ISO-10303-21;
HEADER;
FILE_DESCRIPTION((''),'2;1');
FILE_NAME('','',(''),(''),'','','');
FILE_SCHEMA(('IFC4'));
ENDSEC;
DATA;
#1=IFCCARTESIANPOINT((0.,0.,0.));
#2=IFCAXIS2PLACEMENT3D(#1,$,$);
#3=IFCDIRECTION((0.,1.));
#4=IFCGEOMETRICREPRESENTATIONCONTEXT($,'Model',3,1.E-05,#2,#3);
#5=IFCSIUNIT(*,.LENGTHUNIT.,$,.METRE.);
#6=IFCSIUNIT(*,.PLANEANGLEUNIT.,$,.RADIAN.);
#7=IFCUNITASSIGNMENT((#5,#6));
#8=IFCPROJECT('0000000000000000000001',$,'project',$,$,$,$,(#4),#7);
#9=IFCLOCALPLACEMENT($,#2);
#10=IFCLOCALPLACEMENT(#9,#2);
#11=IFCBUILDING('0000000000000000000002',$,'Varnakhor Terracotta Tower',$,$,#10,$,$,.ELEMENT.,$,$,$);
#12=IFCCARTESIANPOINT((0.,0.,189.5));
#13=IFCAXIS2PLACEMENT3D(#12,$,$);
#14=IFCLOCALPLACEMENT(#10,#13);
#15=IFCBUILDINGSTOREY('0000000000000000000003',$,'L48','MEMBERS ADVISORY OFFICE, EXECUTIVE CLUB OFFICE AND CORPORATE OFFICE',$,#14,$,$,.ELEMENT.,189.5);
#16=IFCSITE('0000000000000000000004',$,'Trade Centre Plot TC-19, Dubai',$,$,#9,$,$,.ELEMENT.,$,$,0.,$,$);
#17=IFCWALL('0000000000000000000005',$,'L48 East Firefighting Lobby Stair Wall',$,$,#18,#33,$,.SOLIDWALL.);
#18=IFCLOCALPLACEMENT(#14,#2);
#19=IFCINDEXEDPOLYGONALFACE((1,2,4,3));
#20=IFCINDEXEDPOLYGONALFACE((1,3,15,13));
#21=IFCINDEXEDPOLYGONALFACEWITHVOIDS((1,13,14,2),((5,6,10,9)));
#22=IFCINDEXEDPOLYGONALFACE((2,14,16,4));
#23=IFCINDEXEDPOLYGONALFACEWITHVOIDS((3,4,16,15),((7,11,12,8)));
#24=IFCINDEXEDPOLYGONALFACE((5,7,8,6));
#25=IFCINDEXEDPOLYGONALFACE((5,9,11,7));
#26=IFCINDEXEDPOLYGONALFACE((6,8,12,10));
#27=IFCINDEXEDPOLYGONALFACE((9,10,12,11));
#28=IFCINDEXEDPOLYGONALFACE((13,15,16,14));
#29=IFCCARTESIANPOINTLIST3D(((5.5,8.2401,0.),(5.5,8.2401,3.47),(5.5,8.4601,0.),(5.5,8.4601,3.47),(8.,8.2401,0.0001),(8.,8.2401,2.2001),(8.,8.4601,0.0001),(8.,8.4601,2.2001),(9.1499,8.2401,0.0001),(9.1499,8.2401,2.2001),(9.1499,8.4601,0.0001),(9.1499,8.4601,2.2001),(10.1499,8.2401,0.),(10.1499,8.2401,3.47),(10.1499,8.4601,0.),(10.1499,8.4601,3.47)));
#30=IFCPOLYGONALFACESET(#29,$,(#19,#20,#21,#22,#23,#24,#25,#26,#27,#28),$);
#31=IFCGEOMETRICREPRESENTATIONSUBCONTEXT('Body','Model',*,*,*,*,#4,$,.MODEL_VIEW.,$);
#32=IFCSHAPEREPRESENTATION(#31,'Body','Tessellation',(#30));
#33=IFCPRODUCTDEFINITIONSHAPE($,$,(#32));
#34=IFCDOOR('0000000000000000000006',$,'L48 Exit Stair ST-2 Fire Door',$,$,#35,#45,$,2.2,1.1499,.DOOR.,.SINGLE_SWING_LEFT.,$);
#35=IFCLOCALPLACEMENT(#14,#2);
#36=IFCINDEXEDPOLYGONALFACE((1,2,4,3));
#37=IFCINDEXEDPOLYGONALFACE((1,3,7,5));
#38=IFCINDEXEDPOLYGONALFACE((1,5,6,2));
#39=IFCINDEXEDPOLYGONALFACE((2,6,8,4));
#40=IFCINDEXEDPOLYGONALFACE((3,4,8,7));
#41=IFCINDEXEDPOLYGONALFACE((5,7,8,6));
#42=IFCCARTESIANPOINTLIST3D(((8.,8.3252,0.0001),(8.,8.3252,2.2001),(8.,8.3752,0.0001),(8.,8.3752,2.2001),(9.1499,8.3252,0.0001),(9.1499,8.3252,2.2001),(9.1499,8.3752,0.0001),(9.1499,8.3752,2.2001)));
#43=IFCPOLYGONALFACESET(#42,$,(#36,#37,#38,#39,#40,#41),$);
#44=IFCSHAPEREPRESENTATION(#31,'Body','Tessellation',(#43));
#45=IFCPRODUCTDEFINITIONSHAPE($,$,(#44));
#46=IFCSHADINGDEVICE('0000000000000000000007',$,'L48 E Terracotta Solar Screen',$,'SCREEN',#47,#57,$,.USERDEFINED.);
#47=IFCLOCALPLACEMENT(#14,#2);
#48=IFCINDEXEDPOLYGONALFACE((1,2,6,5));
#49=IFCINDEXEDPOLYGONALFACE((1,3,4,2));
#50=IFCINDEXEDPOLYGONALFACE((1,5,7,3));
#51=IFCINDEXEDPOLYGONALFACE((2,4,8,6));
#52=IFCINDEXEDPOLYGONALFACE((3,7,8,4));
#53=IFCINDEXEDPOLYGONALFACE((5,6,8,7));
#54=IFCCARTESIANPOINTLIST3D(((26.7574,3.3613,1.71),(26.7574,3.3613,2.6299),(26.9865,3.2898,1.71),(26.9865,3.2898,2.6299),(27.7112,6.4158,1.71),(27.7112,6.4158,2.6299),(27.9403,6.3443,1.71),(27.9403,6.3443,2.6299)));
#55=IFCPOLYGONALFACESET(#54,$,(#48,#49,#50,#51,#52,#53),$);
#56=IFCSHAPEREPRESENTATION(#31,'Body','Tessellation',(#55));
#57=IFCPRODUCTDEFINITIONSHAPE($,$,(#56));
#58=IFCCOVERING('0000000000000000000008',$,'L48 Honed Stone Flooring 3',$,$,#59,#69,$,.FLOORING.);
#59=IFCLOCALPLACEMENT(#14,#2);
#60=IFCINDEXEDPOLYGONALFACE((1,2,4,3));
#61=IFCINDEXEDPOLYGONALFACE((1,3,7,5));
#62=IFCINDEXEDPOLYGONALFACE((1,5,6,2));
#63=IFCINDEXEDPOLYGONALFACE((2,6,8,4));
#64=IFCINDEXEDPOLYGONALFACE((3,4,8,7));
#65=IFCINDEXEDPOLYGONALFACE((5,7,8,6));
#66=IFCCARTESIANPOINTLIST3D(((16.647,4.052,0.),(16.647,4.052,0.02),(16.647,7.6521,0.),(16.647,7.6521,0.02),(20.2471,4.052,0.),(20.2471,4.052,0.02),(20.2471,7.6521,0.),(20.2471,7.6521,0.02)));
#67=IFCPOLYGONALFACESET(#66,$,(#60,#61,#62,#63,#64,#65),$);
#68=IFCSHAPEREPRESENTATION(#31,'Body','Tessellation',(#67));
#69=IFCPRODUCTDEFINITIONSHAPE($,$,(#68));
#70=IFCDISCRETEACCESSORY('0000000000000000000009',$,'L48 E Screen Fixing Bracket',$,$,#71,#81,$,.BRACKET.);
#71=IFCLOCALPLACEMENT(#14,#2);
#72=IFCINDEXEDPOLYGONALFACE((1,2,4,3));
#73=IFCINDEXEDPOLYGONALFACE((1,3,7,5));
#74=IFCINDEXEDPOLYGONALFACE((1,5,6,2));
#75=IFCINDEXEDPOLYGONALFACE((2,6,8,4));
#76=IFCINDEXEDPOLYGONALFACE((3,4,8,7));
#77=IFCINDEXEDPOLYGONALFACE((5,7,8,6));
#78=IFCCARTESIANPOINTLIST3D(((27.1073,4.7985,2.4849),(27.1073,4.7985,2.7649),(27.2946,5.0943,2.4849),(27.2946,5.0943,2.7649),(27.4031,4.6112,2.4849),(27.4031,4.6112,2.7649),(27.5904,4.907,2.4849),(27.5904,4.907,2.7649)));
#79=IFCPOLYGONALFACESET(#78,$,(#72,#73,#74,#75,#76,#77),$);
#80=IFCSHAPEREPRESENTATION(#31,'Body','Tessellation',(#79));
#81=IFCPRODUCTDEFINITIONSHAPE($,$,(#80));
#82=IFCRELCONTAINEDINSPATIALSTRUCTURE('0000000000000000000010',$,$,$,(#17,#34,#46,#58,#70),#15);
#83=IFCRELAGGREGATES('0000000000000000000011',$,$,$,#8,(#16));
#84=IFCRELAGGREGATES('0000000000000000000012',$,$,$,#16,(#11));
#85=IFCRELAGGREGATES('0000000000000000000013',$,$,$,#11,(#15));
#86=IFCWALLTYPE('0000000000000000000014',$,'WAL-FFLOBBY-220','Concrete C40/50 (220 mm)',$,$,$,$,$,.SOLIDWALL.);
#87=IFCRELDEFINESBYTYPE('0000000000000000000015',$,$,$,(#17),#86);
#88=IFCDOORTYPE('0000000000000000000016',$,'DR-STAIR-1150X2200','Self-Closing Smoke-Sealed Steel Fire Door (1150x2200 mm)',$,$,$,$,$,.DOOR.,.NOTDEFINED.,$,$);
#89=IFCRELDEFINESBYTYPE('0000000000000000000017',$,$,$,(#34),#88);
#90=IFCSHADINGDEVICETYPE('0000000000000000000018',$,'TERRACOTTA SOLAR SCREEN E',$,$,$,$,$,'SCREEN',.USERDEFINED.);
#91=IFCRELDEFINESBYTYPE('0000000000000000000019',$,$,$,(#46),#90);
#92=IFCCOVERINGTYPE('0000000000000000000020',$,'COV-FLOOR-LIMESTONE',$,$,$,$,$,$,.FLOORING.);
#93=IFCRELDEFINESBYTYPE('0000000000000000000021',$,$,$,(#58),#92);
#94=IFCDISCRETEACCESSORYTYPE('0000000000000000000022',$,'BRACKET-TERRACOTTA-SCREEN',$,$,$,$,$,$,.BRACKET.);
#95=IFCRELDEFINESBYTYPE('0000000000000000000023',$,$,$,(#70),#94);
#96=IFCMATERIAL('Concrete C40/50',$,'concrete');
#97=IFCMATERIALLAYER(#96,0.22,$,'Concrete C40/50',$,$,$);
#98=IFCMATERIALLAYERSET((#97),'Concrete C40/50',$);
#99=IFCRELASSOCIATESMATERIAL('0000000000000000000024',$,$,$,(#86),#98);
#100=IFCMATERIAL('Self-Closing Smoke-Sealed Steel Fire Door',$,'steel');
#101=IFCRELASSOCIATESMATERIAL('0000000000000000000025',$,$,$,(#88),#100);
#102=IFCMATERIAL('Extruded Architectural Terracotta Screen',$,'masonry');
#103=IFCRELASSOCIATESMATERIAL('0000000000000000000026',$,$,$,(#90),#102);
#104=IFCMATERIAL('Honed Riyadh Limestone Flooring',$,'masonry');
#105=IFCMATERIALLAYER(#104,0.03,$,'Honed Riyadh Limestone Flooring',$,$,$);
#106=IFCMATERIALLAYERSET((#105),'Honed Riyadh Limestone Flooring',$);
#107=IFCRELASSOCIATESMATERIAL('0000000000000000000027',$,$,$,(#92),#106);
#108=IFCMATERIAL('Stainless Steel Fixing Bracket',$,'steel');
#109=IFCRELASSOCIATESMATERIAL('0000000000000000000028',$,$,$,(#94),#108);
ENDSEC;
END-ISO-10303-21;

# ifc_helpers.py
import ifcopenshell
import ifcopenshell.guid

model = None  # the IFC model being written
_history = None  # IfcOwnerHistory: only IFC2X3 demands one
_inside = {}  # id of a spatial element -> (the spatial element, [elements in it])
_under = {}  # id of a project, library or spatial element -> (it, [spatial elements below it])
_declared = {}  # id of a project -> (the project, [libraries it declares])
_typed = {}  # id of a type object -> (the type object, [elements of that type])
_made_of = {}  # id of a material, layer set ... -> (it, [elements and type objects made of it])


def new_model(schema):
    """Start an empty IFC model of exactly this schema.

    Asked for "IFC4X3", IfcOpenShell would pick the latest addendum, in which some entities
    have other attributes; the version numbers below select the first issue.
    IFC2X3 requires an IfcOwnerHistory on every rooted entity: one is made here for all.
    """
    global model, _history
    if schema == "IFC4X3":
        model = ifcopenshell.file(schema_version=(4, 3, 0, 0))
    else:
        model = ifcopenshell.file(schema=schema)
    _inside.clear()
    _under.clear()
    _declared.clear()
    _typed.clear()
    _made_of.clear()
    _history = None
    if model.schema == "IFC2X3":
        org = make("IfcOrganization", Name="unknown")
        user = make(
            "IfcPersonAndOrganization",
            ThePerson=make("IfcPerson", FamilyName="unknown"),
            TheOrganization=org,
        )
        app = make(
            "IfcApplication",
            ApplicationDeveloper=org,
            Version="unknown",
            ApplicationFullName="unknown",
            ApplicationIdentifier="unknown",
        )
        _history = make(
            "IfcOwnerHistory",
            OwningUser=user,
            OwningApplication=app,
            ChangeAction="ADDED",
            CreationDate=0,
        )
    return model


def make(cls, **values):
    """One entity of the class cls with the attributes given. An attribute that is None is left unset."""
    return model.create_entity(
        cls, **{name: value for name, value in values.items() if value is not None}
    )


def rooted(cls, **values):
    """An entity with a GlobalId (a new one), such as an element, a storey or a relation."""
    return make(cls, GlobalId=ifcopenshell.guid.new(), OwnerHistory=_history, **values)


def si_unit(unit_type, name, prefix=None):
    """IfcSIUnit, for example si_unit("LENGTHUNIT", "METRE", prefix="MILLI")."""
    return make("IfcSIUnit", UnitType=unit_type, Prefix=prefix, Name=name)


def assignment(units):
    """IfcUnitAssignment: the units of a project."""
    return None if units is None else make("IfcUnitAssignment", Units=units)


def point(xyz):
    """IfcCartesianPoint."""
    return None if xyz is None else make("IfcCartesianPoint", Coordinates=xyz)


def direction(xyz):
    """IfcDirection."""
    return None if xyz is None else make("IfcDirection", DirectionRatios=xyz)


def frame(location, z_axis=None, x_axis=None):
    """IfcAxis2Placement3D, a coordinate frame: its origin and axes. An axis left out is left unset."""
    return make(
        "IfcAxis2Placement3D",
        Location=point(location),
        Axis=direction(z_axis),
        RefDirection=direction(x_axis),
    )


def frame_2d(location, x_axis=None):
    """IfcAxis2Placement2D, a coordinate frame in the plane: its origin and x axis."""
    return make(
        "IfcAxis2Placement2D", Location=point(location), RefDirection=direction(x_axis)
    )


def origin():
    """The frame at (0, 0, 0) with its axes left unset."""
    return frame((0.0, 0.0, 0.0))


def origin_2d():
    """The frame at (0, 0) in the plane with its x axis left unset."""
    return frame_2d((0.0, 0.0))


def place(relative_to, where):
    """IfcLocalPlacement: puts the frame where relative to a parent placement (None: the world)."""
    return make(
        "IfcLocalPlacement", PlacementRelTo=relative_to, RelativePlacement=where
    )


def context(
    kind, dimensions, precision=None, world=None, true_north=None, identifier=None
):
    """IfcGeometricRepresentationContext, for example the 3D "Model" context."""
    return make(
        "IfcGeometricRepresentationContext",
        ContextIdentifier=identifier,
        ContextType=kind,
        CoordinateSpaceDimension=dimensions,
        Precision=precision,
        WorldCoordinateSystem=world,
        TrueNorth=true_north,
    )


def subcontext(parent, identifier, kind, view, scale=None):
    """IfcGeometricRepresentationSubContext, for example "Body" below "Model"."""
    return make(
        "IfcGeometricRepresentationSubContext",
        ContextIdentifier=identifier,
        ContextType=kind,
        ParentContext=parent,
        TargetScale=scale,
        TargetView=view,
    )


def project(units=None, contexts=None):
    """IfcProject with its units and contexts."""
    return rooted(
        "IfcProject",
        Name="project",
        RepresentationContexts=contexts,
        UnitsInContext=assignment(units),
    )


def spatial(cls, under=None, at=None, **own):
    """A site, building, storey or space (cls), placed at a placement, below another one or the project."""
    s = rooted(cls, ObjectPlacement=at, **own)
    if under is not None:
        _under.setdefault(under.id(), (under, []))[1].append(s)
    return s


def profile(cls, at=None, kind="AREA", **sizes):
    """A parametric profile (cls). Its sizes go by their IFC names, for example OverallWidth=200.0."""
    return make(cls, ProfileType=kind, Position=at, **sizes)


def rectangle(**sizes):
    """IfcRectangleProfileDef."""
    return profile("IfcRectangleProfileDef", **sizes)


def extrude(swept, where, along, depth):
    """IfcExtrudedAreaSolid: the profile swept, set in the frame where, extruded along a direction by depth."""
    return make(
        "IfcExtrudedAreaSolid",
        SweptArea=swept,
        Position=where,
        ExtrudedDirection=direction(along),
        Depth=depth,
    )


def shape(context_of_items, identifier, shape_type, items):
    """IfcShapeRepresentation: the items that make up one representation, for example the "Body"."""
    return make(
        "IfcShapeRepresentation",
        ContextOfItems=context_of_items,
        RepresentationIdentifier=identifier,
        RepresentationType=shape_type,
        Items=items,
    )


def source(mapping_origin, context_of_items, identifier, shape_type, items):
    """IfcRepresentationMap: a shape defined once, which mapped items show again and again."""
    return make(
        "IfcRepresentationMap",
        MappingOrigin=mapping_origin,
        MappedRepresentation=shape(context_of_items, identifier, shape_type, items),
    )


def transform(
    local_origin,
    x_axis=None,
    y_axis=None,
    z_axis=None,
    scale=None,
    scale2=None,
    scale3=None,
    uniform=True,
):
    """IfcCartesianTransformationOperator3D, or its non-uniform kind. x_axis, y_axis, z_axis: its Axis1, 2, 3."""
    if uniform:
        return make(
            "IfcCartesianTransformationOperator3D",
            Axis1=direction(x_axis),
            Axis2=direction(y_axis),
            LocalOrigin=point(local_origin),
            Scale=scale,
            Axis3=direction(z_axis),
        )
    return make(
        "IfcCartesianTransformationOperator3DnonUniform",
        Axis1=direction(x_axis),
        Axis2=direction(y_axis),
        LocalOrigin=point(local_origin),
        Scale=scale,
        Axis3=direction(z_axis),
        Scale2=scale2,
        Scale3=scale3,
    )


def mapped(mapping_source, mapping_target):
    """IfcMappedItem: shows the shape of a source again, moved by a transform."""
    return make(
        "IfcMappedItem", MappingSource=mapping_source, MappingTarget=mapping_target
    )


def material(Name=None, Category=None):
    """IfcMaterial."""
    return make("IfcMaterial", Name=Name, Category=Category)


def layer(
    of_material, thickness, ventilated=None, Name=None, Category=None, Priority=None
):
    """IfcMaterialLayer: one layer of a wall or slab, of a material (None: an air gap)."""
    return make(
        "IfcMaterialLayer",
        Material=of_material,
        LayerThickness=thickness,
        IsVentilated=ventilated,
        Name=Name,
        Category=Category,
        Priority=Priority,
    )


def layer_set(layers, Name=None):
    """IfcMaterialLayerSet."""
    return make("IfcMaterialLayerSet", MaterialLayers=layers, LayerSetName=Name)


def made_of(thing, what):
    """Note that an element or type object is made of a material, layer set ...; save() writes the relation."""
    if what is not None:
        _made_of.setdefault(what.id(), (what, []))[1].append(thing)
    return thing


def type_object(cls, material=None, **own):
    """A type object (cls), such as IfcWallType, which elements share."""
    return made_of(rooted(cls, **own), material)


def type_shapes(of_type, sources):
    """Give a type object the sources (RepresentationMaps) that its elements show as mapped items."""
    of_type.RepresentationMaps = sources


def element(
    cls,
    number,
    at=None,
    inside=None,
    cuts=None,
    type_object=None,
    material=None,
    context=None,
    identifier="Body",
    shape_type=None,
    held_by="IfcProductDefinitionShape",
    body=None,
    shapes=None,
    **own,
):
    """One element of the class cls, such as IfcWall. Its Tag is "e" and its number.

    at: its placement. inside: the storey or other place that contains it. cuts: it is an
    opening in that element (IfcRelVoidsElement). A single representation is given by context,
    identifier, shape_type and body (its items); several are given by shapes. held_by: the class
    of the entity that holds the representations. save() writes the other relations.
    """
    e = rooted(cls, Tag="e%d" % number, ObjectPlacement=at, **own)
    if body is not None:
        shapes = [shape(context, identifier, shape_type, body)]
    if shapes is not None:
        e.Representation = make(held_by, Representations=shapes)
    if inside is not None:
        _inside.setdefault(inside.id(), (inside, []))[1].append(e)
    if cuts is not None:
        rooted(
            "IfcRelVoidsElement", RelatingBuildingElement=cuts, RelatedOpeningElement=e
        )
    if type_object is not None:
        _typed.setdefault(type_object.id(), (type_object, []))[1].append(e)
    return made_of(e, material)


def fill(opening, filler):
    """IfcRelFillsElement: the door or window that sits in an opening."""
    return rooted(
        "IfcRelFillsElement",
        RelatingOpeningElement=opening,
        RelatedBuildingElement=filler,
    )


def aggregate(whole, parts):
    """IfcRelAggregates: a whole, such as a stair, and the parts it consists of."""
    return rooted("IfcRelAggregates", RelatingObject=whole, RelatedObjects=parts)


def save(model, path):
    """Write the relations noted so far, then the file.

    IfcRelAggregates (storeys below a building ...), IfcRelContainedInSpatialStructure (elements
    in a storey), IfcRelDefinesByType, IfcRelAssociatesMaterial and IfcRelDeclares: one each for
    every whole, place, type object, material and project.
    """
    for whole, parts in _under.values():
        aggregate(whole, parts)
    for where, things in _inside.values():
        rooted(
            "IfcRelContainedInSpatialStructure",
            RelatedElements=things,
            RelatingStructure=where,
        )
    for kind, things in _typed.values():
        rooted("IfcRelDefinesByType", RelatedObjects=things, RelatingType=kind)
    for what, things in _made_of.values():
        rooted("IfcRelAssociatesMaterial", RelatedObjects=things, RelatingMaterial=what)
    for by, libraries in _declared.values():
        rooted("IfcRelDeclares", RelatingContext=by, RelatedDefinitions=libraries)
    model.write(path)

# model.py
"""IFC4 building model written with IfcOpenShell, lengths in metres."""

from ifc_helpers import new_model, si_unit, direction, frame, frame_2d, origin, origin_2d, place, context, subcontext, project, spatial, rectangle, extrude, source, transform, mapped, material, layer, layer_set, type_object, type_shapes, element, fill, save


model = new_model("IFC4")

# Units and contexts
model_context = context("Model", 3, precision=1e-05, world=origin(), true_north=direction((0.0, 1.0)))
body_context = subcontext(model_context, "Body", "Model", "MODEL_VIEW")
ifc_project = project(units=[si_unit("LENGTHUNIT", "METRE"), si_unit("PLANEANGLEUNIT", "RADIAN")], contexts=[model_context])

# Site, building, storey
site_placement = place(None, origin())
site = spatial("IfcSite", under=ifc_project, at=site_placement, Name="Trade Centre Plot TC-19, Dubai", CompositionType="ELEMENT", RefElevation=0.0)
building_placement = place(site_placement, origin())
building = spatial("IfcBuilding", under=site, at=building_placement, Name="Varnakhor Terracotta Tower", CompositionType="ELEMENT")
storey_placement = place(building_placement, frame((0.0, 0.0, 189.5)))
storey = spatial("IfcBuildingStorey", under=building, at=storey_placement, Name="L48", Description="MEMBERS ADVISORY OFFICE, EXECUTIVE CLUB OFFICE AND CORPORATE OFFICE", CompositionType="ELEMENT", Elevation=189.5)

# Wall, opening, door
ifc_material_1 = material(Name="Concrete C40/50", Category="concrete")
ifc_layer_1 = layer(ifc_material_1, 0.22, Name="Concrete C40/50")
ifc_layer_set_1 = layer_set([ifc_layer_1], Name="Concrete C40/50")
wall_type_1 = type_object("IfcWallType", Name="WAL-FFLOBBY-220", Description="Concrete C40/50 (220 mm)", PredefinedType="SOLIDWALL", material=ifc_layer_set_1)
wall_1_placement = place(storey_placement, frame((10.1499, 8.3501, 0.0), z_axis=(0.0, 0.0, 1.0), x_axis=(-1.0, 0.0, 0.0)))
wall_1 = element("IfcWall", 1, at=wall_1_placement, inside=storey, type_object=wall_type_1, Name="L48 East Firefighting Lobby Stair Wall", PredefinedType="SOLIDWALL", context=body_context, shape_type="SweptSolid", body=[
    extrude(rectangle(XDim=4.6499, YDim=0.22, at=frame_2d((2.325, 0.0))), origin(), (0.0, 0.0, 1.0), 3.47),
])
opening_placement = place(wall_1_placement, frame((1.0, 0.0, 0.0)))
opening = element("IfcOpeningElement", 2, at=opening_placement, cuts=wall_1, PredefinedType="OPENING", context=body_context, shape_type="SweptSolid", body=[
    extrude(rectangle(XDim=1.1499, YDim=2.2, at=frame_2d((0.575, 1.1001))), frame((0.0, 0.1201, 0.0), z_axis=(0.0, -1.0, 0.0), x_axis=(1.0, 0.0, 0.0)), (0.0, 0.0, 1.0), 0.24),
])
ifc_material_2 = material(Name="Self-Closing Smoke-Sealed Steel Fire Door", Category="steel")
door_type = type_object("IfcDoorType", Name="DR-STAIR-1150X2200", Description="Self-Closing Smoke-Sealed Steel Fire Door (1150x2200 mm)", OperationType="NOTDEFINED", PredefinedType="DOOR", material=ifc_material_2)
shared_shape_1 = source(origin(), body_context, "Body", "SweptSolid", [
    extrude(rectangle(XDim=1.1499, YDim=2.2, at=frame_2d((0.575, 1.1001))), frame((0.0, 0.0249, 0.0), z_axis=(0.0, -1.0, 0.0), x_axis=(1.0, 0.0, 0.0)), (0.0, 0.0, 1.0), 0.05),
])
type_shapes(door_type, [shared_shape_1])
door_placement = place(opening_placement, origin())
door = element("IfcDoor", 3, at=door_placement, inside=storey, type_object=door_type, Name="L48 Exit Stair ST-2 Fire Door", OperationType="SINGLE_SWING_LEFT", OverallHeight=2.2, OverallWidth=1.1499, PredefinedType="DOOR", context=body_context, shape_type="MappedRepresentation", body=[
    mapped(shared_shape_1, transform((0.0, 0.0, 0.0), scale=1.0)),
])
fill(opening, door)

# Shading device
ifc_material_3 = material(Name="Extruded Architectural Terracotta Screen", Category="masonry")
shading_device_type = type_object("IfcShadingDeviceType", Name="TERRACOTTA SOLAR SCREEN E", ElementType="SCREEN", PredefinedType="USERDEFINED", material=ifc_material_3)
shared_shape_2 = source(origin(), body_context, "Body", "SweptSolid", [
    extrude(rectangle(XDim=3.2, YDim=0.24, at=origin_2d()), origin(), (0.0, 0.0, 1.0), 0.9199),
])
type_shapes(shading_device_type, [shared_shape_2])
shading_device_placement = place(storey_placement, frame((27.3489, 4.8528, 1.71), z_axis=(0.0, 0.0, 1.0), x_axis=(0.298075, 0.954543, 0.0)))
element("IfcShadingDevice", 4, at=shading_device_placement, inside=storey, type_object=shading_device_type, Name="L48 E Terracotta Solar Screen", ObjectType="SCREEN", PredefinedType="USERDEFINED", context=body_context, shape_type="MappedRepresentation", body=[
    mapped(shared_shape_2, transform((0.0, 0.0, 0.0), scale=1.0)),
])

# Covering
ifc_material_4 = material(Name="Honed Riyadh Limestone Flooring", Category="masonry")
ifc_layer_2 = layer(ifc_material_4, 0.03, Name="Honed Riyadh Limestone Flooring")
ifc_layer_set_2 = layer_set([ifc_layer_2], Name="Honed Riyadh Limestone Flooring")
covering_type = type_object("IfcCoveringType", Name="COV-FLOOR-LIMESTONE", PredefinedType="FLOORING", material=ifc_layer_set_2)
shared_shape_3 = source(origin(), body_context, "Body", "SweptSolid", [
    extrude(rectangle(XDim=3.6001, YDim=3.6001, at=origin_2d()), origin(), (0.0, 0.0, 1.0), 0.02),
])
covering_placement = place(storey_placement, frame((18.447, 5.8521, 0.0), z_axis=(0.0, 0.0, 1.0), x_axis=(1.0, 0.0, 0.0)))
element("IfcCovering", 5, at=covering_placement, inside=storey, type_object=covering_type, Name="L48 Honed Stone Flooring 3", PredefinedType="FLOORING", context=body_context, shape_type="MappedRepresentation", body=[
    mapped(shared_shape_3, transform((0.0, 0.0, 0.0), scale=1.0)),
])

# Discrete accessory
ifc_material_5 = material(Name="Stainless Steel Fixing Bracket", Category="steel")
discrete_accessory_type = type_object("IfcDiscreteAccessoryType", Name="BRACKET-TERRACOTTA-SCREEN", PredefinedType="BRACKET", material=ifc_material_5)
shared_shape_4 = source(origin(), body_context, "Body", "SweptSolid", [
    extrude(rectangle(XDim=0.3501, YDim=0.3501, at=origin_2d()), origin(), (0.0, 0.0, 1.0), 0.28),
])
type_shapes(discrete_accessory_type, [shared_shape_4])
discrete_accessory_placement = place(storey_placement, frame((27.3489, 4.8528, 2.4849), z_axis=(0.0, 0.0, 1.0), x_axis=(0.534972, 0.84487, 0.0)))
element("IfcDiscreteAccessory", 6, at=discrete_accessory_placement, inside=storey, type_object=discrete_accessory_type, Name="L48 E Screen Fixing Bracket", PredefinedType="BRACKET", context=body_context, shape_type="MappedRepresentation", body=[
    mapped(shared_shape_4, transform((0.0, 0.0, 0.0), scale=1.0)),
])

save(model, "model.ifc")
